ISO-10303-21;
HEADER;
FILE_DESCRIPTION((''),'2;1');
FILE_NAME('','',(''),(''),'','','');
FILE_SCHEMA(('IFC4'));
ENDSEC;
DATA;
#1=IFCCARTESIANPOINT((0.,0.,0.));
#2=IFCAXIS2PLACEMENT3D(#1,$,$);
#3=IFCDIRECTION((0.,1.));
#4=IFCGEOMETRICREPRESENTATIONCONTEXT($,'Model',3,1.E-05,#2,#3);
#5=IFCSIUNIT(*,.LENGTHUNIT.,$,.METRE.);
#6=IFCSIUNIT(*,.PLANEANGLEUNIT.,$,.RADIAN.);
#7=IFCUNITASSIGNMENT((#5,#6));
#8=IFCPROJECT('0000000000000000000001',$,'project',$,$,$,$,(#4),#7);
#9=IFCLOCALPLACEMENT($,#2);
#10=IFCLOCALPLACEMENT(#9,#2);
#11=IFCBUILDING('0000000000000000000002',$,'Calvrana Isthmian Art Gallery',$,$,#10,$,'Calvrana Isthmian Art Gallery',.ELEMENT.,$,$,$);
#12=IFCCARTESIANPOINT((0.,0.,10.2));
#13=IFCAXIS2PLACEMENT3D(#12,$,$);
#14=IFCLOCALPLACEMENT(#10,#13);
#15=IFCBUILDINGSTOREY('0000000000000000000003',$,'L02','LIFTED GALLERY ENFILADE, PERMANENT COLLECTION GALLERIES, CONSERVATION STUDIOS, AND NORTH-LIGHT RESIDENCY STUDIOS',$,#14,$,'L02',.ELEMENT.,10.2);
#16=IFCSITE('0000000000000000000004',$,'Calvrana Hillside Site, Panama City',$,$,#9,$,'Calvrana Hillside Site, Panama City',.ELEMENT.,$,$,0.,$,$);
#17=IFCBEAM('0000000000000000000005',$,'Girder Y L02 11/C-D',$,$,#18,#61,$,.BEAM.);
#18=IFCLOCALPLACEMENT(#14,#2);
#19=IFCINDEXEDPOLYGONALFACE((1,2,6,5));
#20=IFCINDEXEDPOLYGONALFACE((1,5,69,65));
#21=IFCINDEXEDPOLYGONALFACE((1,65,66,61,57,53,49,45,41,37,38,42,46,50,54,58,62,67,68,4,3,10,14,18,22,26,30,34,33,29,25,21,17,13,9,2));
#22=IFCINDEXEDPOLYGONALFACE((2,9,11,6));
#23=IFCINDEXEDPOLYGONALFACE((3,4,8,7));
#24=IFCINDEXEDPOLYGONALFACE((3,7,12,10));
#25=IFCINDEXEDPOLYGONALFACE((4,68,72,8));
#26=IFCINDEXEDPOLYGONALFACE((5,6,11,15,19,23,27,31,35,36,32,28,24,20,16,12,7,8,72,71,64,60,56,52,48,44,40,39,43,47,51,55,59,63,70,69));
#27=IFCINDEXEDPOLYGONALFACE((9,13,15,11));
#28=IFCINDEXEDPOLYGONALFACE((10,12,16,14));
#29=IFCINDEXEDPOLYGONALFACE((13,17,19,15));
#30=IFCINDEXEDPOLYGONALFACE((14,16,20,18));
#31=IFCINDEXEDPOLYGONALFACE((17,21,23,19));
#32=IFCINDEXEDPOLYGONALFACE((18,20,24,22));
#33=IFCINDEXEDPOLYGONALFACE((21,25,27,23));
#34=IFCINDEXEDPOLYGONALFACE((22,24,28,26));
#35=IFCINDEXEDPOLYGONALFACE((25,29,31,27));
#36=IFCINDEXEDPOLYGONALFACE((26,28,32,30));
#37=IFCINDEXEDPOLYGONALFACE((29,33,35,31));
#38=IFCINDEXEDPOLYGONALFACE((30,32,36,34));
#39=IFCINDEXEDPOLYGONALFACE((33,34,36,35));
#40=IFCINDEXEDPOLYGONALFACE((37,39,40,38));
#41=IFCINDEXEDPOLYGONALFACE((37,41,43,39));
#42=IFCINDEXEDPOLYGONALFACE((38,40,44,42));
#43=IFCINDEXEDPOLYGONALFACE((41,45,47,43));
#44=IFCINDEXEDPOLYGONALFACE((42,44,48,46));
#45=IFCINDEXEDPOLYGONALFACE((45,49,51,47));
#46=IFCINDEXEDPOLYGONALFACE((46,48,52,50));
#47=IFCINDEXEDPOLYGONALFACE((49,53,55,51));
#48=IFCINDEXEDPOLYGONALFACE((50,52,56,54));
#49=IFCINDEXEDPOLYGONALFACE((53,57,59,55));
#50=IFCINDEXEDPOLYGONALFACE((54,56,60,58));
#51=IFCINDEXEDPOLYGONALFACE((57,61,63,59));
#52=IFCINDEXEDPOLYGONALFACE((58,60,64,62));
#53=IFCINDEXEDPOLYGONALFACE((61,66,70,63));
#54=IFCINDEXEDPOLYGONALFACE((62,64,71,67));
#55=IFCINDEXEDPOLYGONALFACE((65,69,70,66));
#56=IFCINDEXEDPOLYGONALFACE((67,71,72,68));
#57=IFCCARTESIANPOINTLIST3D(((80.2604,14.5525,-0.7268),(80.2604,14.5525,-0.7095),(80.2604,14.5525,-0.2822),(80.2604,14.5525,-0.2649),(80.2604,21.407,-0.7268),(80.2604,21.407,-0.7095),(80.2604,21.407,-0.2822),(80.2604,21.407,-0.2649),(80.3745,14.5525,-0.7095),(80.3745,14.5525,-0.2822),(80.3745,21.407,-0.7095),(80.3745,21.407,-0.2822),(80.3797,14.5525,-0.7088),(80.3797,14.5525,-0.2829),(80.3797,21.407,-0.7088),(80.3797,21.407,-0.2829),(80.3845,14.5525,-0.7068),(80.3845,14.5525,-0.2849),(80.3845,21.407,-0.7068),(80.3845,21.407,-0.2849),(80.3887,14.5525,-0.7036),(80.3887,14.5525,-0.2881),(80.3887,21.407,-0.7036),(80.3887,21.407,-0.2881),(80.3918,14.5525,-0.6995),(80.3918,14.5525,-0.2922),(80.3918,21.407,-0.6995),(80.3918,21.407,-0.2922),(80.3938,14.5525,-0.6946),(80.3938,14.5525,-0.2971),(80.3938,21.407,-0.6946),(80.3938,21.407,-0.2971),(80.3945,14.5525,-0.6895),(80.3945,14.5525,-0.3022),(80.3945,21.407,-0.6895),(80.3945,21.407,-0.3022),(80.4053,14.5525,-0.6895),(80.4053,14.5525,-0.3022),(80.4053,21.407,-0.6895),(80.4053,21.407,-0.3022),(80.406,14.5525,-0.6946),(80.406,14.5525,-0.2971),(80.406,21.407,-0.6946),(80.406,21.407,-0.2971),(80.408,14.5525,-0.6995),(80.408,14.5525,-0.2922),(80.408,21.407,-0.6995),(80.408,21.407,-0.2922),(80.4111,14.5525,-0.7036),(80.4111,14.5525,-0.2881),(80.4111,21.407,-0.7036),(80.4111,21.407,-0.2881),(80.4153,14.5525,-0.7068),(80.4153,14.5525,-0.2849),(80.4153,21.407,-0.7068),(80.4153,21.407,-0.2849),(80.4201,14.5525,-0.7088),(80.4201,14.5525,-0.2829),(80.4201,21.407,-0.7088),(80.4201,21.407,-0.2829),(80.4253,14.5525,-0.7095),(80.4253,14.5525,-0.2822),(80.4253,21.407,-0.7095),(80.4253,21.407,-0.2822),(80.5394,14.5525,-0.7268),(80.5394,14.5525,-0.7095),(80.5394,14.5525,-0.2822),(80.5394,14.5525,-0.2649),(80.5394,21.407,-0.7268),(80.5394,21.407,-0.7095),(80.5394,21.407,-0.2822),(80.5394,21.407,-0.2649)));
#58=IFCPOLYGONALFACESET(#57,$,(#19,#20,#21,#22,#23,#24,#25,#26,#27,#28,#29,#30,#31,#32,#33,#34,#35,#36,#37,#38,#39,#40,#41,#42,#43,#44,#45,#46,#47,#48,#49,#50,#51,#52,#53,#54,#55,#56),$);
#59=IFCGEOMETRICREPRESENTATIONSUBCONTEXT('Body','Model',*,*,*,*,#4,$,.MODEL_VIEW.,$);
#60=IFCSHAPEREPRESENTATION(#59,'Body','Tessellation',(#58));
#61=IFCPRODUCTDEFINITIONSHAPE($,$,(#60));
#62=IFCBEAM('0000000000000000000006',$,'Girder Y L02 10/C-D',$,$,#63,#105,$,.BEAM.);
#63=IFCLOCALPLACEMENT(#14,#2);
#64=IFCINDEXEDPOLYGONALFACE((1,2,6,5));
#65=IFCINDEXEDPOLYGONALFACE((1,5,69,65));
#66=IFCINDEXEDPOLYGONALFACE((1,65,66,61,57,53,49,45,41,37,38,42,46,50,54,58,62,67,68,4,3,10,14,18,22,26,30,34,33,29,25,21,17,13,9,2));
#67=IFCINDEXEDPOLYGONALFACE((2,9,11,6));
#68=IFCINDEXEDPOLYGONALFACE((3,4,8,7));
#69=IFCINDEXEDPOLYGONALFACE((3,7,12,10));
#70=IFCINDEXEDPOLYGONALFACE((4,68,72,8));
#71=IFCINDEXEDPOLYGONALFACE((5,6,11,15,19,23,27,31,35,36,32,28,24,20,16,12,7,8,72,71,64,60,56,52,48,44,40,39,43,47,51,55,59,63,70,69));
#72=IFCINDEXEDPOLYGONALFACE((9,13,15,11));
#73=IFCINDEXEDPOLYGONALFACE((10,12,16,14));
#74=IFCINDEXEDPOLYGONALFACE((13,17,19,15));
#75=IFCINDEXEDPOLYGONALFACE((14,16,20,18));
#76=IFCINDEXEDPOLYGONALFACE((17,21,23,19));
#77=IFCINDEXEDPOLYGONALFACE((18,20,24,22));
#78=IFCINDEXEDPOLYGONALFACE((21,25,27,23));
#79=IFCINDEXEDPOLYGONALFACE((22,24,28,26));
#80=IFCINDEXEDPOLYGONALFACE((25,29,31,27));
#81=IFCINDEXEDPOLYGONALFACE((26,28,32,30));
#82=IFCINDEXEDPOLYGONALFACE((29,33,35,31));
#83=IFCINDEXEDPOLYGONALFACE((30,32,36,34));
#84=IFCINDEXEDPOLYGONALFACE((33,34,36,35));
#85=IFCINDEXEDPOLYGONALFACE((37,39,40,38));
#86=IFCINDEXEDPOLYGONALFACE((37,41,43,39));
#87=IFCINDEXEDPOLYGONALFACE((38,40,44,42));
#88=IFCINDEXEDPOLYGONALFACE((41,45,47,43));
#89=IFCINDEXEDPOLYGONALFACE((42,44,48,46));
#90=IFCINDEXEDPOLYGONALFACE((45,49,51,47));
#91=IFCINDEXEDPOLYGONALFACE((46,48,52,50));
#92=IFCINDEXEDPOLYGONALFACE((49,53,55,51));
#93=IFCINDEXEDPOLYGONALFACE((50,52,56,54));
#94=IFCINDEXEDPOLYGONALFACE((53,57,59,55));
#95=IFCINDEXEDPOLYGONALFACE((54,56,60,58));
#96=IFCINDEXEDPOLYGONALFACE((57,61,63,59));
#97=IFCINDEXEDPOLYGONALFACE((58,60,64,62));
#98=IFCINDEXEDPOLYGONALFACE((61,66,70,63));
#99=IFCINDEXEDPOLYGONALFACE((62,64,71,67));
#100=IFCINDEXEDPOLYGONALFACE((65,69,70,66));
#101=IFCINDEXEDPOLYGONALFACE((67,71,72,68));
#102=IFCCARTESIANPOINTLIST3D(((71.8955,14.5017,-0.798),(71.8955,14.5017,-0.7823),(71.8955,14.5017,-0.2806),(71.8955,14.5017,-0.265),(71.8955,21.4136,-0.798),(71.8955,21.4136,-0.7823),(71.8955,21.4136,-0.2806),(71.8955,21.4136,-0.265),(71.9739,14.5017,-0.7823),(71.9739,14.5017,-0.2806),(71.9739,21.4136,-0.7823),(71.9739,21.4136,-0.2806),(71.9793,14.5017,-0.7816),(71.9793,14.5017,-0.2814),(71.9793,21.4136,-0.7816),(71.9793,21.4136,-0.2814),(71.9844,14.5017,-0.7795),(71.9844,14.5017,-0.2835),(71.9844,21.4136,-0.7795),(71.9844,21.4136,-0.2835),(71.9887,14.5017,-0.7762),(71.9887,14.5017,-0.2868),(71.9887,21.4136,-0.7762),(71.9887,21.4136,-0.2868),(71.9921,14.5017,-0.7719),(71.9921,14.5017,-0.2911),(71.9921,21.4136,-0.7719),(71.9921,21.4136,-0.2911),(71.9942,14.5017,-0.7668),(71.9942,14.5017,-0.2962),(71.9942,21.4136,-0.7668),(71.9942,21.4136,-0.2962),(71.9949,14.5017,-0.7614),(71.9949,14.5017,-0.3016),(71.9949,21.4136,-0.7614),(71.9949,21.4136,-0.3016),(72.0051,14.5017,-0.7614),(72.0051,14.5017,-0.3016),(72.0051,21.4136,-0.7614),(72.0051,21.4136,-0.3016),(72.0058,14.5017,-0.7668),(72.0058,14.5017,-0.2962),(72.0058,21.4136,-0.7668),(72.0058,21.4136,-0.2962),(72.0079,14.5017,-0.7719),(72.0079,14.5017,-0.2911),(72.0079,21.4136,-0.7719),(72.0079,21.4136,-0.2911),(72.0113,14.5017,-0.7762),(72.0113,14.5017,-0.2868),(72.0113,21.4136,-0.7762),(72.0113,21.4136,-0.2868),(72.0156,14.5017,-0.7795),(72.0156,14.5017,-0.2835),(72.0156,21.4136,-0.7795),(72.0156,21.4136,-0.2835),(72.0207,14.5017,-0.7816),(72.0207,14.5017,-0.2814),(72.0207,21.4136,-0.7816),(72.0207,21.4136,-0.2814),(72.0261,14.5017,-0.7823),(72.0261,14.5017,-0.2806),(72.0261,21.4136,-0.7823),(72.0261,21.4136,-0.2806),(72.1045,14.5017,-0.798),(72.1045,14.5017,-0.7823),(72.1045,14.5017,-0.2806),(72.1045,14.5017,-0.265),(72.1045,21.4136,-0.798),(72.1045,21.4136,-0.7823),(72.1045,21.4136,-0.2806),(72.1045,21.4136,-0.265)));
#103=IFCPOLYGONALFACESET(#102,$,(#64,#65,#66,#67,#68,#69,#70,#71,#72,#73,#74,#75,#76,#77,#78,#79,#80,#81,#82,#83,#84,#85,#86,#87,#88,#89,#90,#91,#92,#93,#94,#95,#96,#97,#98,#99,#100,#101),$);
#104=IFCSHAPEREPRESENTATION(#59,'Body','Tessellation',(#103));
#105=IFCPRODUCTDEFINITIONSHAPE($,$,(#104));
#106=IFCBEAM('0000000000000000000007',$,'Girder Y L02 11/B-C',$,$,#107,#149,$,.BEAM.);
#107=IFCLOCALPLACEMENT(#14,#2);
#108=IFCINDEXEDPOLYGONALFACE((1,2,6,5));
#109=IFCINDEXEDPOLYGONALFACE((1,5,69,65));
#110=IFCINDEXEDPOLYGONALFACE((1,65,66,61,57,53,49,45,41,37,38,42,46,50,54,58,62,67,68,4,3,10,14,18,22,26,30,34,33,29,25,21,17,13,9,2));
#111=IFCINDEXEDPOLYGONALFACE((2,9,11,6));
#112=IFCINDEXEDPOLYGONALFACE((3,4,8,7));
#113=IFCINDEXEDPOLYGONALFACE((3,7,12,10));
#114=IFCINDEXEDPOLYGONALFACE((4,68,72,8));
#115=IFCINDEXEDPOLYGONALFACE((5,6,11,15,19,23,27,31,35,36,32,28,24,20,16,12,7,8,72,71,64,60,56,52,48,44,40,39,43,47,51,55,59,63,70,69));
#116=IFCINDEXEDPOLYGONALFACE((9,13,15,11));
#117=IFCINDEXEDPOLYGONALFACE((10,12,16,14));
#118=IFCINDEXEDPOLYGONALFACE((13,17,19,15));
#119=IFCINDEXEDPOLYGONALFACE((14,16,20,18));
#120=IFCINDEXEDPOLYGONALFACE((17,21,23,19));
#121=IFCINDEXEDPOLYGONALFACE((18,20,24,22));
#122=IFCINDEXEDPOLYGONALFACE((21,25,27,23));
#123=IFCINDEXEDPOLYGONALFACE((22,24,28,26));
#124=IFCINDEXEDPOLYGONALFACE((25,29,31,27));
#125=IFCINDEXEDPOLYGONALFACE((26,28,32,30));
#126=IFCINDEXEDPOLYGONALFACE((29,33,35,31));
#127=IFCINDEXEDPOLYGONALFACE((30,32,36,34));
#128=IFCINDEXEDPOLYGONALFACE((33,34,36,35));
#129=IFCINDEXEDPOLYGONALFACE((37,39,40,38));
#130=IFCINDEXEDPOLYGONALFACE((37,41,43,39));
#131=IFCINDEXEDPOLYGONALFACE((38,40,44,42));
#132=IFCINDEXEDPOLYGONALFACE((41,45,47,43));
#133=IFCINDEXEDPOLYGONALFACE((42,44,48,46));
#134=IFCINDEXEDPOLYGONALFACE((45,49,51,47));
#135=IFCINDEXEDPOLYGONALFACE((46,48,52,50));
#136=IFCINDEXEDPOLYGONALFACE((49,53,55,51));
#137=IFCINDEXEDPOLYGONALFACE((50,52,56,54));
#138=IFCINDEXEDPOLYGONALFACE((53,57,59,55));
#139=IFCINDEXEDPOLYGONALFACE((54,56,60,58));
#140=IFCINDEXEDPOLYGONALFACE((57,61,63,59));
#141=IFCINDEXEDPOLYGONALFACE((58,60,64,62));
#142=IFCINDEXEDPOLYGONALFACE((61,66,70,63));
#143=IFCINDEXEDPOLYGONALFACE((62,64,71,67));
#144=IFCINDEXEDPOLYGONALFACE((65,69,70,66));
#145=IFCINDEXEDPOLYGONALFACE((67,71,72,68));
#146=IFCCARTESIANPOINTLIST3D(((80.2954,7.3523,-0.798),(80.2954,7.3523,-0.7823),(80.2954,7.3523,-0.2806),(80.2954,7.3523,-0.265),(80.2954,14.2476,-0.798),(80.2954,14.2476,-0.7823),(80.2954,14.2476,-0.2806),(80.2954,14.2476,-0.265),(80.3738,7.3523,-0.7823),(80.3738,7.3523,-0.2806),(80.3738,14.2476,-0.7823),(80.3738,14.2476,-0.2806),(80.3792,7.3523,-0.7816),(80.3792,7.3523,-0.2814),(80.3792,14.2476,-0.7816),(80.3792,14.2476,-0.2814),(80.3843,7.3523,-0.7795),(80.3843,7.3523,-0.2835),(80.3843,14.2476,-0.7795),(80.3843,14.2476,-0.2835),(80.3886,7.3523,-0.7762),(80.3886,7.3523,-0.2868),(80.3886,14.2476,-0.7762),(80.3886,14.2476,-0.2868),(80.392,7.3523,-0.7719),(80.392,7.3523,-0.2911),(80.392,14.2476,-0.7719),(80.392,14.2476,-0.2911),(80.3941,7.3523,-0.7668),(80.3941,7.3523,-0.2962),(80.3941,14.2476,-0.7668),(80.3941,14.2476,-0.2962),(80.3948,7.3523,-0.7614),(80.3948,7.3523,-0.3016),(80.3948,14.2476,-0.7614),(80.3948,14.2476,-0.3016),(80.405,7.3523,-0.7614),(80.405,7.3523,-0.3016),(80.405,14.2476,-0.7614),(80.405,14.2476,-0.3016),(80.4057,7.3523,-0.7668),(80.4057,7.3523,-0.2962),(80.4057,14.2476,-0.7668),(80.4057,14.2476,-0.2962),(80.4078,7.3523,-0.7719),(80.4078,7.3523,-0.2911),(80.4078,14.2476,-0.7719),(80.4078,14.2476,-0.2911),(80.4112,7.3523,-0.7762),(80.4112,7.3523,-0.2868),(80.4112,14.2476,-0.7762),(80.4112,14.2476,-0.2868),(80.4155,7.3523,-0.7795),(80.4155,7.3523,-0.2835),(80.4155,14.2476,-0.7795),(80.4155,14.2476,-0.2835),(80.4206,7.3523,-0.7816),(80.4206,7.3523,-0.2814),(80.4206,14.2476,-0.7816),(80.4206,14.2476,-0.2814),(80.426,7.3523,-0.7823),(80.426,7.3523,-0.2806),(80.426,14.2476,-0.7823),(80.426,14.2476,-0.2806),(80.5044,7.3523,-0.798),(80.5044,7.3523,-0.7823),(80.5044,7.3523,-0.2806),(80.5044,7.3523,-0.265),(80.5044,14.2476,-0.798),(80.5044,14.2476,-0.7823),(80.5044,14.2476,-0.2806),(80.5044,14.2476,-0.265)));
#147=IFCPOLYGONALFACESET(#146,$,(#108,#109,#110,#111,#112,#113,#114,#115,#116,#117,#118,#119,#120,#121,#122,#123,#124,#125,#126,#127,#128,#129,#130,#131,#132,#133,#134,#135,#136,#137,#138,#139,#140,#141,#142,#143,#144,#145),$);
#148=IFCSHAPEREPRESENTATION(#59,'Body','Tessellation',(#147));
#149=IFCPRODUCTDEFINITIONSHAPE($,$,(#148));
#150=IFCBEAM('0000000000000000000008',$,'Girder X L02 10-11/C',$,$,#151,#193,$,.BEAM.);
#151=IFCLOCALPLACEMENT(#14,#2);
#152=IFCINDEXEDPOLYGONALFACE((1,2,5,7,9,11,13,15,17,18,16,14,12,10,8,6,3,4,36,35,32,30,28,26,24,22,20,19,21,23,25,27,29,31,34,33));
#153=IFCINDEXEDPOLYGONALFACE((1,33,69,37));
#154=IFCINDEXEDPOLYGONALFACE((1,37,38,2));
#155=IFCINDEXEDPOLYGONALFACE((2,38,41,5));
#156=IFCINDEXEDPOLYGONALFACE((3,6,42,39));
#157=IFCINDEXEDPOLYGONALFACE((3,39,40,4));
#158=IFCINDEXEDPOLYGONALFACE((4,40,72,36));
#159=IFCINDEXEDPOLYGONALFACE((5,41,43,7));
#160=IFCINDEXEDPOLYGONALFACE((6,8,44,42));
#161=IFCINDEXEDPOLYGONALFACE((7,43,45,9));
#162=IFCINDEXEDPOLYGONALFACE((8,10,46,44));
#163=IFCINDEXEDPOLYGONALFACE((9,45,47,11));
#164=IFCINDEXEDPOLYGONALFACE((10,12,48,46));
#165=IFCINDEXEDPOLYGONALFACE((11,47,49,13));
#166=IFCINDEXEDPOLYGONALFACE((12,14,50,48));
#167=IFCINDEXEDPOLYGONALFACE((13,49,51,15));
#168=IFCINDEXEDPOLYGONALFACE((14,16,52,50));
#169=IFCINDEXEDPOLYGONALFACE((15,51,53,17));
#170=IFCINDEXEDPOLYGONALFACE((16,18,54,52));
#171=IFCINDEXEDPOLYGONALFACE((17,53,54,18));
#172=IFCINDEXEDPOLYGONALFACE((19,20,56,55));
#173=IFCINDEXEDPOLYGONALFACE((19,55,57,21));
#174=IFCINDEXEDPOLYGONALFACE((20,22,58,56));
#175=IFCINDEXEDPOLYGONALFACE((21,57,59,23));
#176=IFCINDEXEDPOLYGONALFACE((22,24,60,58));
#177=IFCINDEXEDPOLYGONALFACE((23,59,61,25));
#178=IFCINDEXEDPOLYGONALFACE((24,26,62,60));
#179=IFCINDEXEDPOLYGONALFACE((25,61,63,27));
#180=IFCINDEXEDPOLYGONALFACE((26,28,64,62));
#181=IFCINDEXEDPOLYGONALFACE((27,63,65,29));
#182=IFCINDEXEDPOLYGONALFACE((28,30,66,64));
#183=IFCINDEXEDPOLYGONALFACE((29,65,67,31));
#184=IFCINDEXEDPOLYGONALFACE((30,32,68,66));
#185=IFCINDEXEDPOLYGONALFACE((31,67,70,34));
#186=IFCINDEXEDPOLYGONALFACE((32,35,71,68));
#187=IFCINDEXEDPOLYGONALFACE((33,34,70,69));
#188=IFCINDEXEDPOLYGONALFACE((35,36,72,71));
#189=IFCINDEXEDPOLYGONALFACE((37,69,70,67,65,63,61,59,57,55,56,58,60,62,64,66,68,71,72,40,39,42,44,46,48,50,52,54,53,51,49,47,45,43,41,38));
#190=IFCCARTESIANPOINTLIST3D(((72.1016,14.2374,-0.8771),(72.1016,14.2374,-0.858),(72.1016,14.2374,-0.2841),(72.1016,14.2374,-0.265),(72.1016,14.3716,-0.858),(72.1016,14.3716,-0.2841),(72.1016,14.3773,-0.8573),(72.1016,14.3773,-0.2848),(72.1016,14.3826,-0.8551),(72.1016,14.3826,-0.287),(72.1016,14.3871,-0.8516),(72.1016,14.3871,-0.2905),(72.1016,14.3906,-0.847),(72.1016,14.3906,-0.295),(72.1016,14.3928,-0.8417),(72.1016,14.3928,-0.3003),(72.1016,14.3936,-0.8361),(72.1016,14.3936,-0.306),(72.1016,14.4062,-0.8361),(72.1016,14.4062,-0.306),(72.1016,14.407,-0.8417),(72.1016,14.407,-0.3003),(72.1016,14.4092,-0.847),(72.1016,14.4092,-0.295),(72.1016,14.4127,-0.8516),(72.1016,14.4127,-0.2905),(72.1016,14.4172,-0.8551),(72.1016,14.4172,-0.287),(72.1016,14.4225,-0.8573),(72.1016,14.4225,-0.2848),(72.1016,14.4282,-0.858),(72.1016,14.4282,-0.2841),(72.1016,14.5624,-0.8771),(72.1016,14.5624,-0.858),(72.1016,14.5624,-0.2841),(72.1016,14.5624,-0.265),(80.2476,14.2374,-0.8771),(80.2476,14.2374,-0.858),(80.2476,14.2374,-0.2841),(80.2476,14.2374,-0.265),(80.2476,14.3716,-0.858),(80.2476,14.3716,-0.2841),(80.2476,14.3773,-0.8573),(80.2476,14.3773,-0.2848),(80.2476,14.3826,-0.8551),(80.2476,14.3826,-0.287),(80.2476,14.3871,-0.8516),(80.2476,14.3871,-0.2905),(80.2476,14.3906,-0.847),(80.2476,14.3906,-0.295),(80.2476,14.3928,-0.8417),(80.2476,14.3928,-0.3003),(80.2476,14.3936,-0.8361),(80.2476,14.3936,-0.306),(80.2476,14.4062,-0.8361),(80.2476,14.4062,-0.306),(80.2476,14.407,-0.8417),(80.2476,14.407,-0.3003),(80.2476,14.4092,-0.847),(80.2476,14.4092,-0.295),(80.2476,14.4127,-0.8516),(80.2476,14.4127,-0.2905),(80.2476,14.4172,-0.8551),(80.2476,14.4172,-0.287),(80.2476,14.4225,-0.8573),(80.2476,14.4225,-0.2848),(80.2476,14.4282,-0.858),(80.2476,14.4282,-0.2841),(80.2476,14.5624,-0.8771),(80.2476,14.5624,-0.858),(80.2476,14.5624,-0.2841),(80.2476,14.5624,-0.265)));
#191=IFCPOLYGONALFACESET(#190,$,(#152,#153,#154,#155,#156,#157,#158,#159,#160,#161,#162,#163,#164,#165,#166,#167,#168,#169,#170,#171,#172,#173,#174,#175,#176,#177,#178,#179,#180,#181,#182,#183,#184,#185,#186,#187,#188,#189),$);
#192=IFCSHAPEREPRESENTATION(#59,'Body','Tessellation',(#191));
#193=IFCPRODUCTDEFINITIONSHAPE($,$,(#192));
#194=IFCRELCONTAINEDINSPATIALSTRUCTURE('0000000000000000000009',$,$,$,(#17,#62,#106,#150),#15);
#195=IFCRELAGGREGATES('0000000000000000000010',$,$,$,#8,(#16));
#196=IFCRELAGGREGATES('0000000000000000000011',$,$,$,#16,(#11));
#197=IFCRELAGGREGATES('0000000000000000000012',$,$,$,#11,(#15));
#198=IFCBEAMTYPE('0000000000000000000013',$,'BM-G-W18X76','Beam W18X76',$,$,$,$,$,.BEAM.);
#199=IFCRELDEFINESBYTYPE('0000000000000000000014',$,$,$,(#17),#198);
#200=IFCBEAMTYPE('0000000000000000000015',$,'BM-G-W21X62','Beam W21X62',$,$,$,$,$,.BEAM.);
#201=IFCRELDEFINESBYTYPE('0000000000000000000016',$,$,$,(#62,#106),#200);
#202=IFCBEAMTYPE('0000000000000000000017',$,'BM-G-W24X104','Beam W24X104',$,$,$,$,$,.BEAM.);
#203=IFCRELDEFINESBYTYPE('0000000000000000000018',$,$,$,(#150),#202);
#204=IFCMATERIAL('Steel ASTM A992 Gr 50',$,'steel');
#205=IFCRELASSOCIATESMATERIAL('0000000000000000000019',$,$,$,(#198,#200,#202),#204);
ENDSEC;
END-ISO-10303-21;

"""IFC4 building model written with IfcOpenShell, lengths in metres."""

from ifc_helpers import new_model, si_unit, direction, frame, origin, origin_2d, place, context, subcontext, project, spatial, i_section, extrude, material, material_profile, profile_set, type_object, element, save


model = new_model("IFC4")

# Units and contexts
model_context = context("Model", 3, precision=1e-05, world=origin(), true_north=direction((0.0, 1.0)))
body_context = subcontext(model_context, "Body", "Model", "MODEL_VIEW")
ifc_project = project(units=[si_unit("LENGTHUNIT", "METRE"), si_unit("PLANEANGLEUNIT", "RADIAN")], contexts=[model_context])

# Site, building, storey
site_placement = place(None, origin())
site = spatial("IfcSite", under=ifc_project, at=site_placement, Name="Calvrana Hillside Site, Panama City", LongName="Calvrana Hillside Site, Panama City", CompositionType="ELEMENT", RefElevation=0.0)
building_placement = place(site_placement, origin())
building = spatial("IfcBuilding", under=site, at=building_placement, Name="Calvrana Isthmian Art Gallery", LongName="Calvrana Isthmian Art Gallery", CompositionType="ELEMENT")
storey_placement = place(building_placement, frame((0.0, 0.0, 10.2)))
storey = spatial("IfcBuildingStorey", under=building, at=storey_placement, Name="L02", Description="LIFTED GALLERY ENFILADE, PERMANENT COLLECTION GALLERIES, CONSERVATION STUDIOS, AND NORTH-LIGHT RESIDENCY STUDIOS", LongName="L02", CompositionType="ELEMENT", Elevation=10.2)

# Beams
ifc_material_1 = material(Name="Steel ASTM A992 Gr 50", Category="steel")
ifc_material_profile_1 = material_profile(ifc_material_1, i_section(OverallWidth=0.2791, OverallDepth=0.4619, WebThickness=0.0107, FlangeThickness=0.0173, FilletRadius=0.02, at=origin_2d()), Name="W18X76")
ifc_profile_set_1 = profile_set([ifc_material_profile_1], Name="Steel ASTM A992 Gr 50")
beam_type_1 = type_object("IfcBeamType", Name="BM-G-W18X76", Description="Beam W18X76", PredefinedType="BEAM", material=ifc_profile_set_1)
beam_1_placement = place(storey_placement, frame((80.3999, 14.5525, -0.4958), z_axis=(0.0, 1.0, 0.0), x_axis=(-1.0, 0.0, 0.0)))
element("IfcBeam", 1, at=beam_1_placement, inside=storey, type_object=beam_type_1, Name="Girder Y L02 11/C-D", PredefinedType="BEAM", context=body_context, shape_type="SweptSolid", body=[
    extrude(i_section(OverallWidth=0.2791, OverallDepth=0.4619, WebThickness=0.0107, FlangeThickness=0.0173, FilletRadius=0.02, at=origin_2d()), origin(), (0.0, 0.0, 1.0), 6.8545),
])
ifc_material_profile_2 = material_profile(ifc_material_1, i_section(OverallWidth=0.209, OverallDepth=0.533, WebThickness=0.0103, FlangeThickness=0.0156, FilletRadius=0.021, at=origin_2d()), Name="W21X62")
ifc_profile_set_2 = profile_set([ifc_material_profile_2], Name="Steel ASTM A992 Gr 50")
beam_type_2 = type_object("IfcBeamType", Name="BM-G-W21X62", Description="Beam W21X62", PredefinedType="BEAM", material=ifc_profile_set_2)
beam_2_placement = place(storey_placement, frame((72.0, 14.5017, -0.5315), z_axis=(0.0, 1.0, 0.0), x_axis=(-1.0, 0.0, 0.0)))
element("IfcBeam", 2, at=beam_2_placement, inside=storey, type_object=beam_type_2, Name="Girder Y L02 10/C-D", PredefinedType="BEAM", context=body_context, shape_type="SweptSolid", body=[
    extrude(i_section(OverallWidth=0.209, OverallDepth=0.533, WebThickness=0.0103, FlangeThickness=0.0156, FilletRadius=0.021, at=origin_2d()), origin(), (0.0, 0.0, 1.0), 6.9119),
])
beam_3_placement = place(storey_placement, frame((80.3999, 7.3523, -0.5315), z_axis=(0.0, 1.0, 0.0), x_axis=(-1.0, 0.0, 0.0)))
element("IfcBeam", 3, at=beam_3_placement, inside=storey, type_object=beam_type_2, Name="Girder Y L02 11/B-C", PredefinedType="BEAM", context=body_context, shape_type="SweptSolid", body=[
    extrude(i_section(OverallWidth=0.209, OverallDepth=0.533, WebThickness=0.0103, FlangeThickness=0.0156, FilletRadius=0.021, at=origin_2d()), origin(), (0.0, 0.0, 1.0), 6.8953),
])
ifc_material_profile_3 = material_profile(ifc_material_1, i_section(OverallWidth=0.325, OverallDepth=0.6121, WebThickness=0.0127, FlangeThickness=0.019, FilletRadius=0.022, at=origin_2d()), Name="W24X104")
ifc_profile_set_3 = profile_set([ifc_material_profile_3], Name="Steel ASTM A992 Gr 50")
beam_type_3 = type_object("IfcBeamType", Name="BM-G-W24X104", Description="Beam W24X104", PredefinedType="BEAM", material=ifc_profile_set_3)
beam_4_placement = place(storey_placement, frame((72.1016, 14.3999, -0.571), z_axis=(1.0, 0.0, 0.0), x_axis=(0.0, 1.0, 0.0)))
element("IfcBeam", 4, at=beam_4_placement, inside=storey, type_object=beam_type_3, Name="Girder X L02 10-11/C", PredefinedType="BEAM", context=body_context, shape_type="SweptSolid", body=[
    extrude(i_section(OverallWidth=0.325, OverallDepth=0.6121, WebThickness=0.0127, FlangeThickness=0.019, FilletRadius=0.022, at=origin_2d()), origin(), (0.0, 0.0, 1.0), 8.146),
])

save(model, "model.ifc")
